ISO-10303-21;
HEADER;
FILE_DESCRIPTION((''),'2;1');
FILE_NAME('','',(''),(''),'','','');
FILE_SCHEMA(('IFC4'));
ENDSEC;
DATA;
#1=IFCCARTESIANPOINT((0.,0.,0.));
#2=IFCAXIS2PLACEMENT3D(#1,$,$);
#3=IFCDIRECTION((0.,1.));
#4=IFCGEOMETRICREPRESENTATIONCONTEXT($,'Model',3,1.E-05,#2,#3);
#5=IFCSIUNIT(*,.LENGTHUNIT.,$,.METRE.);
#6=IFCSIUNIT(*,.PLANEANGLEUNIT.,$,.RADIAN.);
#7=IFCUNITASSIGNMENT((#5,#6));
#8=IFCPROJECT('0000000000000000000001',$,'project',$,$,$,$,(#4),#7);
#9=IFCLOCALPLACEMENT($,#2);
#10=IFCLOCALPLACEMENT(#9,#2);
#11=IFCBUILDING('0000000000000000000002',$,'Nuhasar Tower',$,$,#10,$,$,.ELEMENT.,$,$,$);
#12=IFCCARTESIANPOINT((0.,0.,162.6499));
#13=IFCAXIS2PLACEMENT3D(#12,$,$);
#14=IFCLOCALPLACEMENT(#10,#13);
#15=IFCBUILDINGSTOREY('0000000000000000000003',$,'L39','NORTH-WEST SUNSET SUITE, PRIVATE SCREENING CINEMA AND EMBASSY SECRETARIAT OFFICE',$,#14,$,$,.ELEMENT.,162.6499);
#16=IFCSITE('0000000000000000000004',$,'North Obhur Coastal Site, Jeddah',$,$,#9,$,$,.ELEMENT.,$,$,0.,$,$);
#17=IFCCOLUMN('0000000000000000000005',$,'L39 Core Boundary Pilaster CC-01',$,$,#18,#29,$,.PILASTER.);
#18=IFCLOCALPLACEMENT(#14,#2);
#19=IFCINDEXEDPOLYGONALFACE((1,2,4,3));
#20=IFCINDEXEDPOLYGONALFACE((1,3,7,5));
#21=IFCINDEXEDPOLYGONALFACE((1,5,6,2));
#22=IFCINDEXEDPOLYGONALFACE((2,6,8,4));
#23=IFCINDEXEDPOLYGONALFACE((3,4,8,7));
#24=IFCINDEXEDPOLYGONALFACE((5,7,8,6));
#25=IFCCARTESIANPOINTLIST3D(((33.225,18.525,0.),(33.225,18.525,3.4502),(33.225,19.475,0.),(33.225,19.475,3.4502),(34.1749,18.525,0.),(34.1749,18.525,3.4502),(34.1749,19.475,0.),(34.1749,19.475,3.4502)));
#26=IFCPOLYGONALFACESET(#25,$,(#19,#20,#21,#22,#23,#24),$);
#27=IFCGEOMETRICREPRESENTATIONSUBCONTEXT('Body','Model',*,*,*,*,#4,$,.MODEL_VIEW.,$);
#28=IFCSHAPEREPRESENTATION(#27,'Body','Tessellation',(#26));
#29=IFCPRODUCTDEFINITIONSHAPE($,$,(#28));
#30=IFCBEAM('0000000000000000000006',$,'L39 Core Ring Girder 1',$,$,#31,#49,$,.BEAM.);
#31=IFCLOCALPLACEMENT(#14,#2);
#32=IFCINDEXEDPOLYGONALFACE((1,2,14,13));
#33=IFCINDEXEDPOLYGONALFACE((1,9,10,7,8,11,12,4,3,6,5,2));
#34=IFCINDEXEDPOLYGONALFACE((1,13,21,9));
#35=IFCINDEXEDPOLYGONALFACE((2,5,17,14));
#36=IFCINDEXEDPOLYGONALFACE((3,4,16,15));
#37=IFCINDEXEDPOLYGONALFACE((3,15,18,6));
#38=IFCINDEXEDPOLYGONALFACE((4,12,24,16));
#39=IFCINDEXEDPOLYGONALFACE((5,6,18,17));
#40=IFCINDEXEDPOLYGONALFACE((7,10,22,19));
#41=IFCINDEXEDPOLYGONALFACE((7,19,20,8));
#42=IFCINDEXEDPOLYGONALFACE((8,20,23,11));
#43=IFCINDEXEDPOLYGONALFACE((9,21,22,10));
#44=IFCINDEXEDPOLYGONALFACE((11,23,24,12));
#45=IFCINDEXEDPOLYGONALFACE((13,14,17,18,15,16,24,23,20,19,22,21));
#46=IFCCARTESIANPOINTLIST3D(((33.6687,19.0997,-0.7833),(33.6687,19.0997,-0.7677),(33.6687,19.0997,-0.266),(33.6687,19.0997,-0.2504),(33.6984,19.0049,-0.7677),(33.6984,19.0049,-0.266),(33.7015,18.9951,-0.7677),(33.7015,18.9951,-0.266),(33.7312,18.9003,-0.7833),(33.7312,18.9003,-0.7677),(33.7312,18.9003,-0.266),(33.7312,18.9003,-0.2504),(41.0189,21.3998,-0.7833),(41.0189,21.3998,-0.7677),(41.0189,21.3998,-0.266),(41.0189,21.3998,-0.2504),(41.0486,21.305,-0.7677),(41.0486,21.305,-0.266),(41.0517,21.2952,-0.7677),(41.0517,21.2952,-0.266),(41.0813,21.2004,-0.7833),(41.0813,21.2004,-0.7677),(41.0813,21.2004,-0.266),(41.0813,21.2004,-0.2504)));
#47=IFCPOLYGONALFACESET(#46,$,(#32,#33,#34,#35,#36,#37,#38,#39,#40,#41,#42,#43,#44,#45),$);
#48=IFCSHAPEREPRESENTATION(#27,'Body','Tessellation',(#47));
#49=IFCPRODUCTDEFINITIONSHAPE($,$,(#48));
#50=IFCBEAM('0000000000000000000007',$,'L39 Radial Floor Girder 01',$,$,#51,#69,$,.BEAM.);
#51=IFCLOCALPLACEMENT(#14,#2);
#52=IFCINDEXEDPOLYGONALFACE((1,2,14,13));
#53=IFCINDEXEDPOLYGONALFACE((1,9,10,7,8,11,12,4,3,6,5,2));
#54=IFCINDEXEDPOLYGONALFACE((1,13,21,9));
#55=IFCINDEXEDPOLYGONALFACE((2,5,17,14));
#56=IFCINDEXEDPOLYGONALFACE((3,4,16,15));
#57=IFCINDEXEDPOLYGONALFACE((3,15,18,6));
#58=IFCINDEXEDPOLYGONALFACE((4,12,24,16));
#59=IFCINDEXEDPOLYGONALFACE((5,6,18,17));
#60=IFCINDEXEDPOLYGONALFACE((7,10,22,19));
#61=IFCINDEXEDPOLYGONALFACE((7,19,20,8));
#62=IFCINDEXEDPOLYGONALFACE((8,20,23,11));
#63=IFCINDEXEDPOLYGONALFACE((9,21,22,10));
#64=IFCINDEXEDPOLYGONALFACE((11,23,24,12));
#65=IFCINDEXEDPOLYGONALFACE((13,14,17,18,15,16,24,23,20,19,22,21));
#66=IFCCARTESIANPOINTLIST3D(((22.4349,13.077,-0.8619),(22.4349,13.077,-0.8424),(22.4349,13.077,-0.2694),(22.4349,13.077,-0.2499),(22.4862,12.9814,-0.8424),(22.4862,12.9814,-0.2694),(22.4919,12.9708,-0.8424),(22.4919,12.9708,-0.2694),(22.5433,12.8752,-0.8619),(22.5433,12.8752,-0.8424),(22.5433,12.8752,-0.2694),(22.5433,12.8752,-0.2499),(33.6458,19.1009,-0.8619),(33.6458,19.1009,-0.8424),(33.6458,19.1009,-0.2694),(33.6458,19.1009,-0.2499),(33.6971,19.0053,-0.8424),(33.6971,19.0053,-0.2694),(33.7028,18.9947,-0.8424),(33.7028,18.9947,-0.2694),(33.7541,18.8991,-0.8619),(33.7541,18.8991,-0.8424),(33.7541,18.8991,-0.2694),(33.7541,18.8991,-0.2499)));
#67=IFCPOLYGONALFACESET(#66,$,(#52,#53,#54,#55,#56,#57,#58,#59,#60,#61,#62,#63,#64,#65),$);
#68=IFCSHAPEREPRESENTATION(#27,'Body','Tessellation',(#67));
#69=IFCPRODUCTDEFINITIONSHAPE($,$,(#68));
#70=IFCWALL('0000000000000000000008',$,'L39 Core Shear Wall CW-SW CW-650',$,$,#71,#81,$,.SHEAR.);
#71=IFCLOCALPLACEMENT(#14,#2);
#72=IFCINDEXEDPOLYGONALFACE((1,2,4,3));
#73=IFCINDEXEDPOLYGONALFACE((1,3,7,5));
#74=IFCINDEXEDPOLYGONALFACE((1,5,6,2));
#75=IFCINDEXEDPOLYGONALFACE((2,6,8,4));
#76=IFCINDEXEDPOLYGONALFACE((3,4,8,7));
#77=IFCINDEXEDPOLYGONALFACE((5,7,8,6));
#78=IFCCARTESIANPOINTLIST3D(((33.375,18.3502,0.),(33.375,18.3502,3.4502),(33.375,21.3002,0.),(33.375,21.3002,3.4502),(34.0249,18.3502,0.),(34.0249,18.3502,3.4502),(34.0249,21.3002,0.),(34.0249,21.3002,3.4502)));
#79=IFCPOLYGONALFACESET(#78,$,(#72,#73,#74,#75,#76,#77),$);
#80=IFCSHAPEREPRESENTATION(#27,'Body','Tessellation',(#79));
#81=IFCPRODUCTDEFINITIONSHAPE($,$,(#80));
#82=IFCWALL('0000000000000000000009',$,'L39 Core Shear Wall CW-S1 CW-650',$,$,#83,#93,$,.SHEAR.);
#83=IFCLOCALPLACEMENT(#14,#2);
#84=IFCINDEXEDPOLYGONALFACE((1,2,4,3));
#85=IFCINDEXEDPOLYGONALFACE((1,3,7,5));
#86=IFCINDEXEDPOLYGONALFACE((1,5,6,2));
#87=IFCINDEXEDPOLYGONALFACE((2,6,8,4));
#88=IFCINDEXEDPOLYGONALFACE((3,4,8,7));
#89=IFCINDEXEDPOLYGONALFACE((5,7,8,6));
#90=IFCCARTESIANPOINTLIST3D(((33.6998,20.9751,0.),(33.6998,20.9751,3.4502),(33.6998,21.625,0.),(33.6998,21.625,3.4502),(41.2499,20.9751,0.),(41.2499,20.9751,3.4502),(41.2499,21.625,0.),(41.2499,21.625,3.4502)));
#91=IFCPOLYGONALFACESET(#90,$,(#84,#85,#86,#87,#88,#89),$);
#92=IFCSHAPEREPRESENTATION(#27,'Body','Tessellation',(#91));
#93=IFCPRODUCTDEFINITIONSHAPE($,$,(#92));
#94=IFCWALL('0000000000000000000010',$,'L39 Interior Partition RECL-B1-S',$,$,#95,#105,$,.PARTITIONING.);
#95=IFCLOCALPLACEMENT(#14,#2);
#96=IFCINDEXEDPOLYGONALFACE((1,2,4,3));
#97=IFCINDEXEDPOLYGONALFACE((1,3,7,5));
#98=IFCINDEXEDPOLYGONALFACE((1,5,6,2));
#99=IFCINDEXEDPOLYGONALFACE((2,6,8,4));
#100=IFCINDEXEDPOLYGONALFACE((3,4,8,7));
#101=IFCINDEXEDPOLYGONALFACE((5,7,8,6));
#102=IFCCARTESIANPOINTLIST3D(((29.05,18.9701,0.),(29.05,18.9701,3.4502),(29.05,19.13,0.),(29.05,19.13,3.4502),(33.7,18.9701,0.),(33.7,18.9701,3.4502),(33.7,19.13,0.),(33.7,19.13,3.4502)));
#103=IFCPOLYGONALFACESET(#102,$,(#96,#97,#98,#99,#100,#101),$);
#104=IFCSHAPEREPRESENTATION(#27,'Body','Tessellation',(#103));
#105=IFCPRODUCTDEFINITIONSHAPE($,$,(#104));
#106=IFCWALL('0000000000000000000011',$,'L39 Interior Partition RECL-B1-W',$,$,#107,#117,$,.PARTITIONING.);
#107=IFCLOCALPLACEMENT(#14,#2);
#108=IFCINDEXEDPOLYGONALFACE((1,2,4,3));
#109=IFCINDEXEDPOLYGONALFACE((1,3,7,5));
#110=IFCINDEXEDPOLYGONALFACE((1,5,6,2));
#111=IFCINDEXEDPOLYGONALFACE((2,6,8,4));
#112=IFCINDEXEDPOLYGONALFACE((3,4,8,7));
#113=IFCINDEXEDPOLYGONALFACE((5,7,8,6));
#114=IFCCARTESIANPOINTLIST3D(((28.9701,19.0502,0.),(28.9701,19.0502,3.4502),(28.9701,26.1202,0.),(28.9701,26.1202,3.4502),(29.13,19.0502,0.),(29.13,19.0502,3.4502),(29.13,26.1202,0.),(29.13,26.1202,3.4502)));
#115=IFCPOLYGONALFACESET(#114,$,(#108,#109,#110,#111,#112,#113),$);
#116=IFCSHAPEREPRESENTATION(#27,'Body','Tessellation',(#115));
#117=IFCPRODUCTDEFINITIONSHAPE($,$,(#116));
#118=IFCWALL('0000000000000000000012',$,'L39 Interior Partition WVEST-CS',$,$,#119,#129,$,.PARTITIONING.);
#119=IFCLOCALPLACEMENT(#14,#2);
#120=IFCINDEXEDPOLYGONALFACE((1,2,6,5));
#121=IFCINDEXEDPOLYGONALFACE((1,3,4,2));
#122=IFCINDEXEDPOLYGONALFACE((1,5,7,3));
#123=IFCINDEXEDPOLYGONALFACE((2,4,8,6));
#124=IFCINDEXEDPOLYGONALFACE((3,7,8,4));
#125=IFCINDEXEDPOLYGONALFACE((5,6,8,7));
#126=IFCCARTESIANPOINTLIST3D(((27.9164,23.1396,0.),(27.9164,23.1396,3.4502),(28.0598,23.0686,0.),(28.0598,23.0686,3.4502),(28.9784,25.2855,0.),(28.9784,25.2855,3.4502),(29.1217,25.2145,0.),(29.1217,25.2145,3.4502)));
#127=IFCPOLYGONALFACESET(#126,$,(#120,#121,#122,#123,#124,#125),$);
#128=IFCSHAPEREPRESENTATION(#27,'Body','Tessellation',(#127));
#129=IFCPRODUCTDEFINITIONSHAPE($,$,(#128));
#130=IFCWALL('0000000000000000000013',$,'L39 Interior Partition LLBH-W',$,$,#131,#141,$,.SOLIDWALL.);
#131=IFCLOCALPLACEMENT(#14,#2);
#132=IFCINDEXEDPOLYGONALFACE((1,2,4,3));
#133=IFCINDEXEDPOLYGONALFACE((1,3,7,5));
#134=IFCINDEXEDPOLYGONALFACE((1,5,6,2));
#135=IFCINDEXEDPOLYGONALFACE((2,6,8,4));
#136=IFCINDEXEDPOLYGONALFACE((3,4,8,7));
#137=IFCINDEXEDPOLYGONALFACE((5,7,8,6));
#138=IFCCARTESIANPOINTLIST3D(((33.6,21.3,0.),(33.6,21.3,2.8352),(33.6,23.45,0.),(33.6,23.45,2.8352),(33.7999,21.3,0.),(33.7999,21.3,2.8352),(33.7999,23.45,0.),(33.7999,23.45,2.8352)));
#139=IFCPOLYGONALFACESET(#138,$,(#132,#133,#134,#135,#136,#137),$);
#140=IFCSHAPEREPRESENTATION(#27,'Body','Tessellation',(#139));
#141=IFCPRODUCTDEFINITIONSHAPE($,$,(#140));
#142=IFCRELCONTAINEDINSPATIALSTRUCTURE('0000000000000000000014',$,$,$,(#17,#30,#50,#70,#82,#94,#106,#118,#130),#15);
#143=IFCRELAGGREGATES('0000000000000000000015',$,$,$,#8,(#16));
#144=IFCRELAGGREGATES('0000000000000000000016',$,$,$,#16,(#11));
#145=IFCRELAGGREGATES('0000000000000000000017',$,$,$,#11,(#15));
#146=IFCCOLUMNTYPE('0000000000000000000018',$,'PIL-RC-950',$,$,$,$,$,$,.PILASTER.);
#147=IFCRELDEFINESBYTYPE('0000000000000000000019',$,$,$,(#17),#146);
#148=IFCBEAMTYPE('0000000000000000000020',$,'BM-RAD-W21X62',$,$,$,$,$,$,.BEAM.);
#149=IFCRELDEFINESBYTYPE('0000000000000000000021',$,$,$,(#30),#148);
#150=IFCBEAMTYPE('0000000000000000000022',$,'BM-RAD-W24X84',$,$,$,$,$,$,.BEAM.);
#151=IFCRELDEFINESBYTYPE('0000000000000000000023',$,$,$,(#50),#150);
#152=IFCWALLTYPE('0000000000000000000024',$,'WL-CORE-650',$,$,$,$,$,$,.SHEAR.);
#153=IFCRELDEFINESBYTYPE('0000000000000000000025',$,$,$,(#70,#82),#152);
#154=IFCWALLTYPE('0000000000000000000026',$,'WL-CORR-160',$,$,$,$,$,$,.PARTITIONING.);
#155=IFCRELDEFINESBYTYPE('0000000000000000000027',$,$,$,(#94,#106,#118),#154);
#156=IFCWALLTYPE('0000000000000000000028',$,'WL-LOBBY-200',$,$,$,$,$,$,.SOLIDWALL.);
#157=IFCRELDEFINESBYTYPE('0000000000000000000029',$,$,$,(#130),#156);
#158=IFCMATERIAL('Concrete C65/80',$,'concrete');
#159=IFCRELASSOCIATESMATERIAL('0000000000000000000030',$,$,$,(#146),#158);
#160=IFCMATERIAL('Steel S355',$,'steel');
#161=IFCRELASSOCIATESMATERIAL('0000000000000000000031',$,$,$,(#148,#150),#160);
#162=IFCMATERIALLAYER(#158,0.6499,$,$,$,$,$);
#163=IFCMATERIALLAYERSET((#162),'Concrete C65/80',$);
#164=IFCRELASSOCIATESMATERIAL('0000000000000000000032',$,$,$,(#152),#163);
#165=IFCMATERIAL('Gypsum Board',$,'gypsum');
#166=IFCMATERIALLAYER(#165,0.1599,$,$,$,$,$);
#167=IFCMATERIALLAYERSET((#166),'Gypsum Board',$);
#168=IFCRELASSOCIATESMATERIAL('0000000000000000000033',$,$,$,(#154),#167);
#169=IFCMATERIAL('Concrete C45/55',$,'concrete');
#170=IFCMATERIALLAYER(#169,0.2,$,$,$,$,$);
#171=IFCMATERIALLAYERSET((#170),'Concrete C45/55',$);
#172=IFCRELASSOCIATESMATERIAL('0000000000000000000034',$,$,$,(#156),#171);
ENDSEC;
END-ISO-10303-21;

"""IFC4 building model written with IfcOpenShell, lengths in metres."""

from ifc_helpers import new_model, si_unit, direction, frame, frame_2d, origin, origin_2d, place, context, subcontext, project, spatial, rectangle, i_section, extrude, material, layer, layer_set, material_profile, profile_set, type_object, element, save


model = new_model("IFC4")

# Units and contexts
model_context = context("Model", 3, precision=1e-05, world=origin(), true_north=direction((0.0, 1.0)))
body_context = subcontext(model_context, "Body", "Model", "MODEL_VIEW")
ifc_project = project(units=[si_unit("LENGTHUNIT", "METRE"), si_unit("PLANEANGLEUNIT", "RADIAN")], contexts=[model_context])

# Site, building, storey
site_placement = place(None, origin())
site = spatial("IfcSite", under=ifc_project, at=site_placement, Name="North Obhur Coastal Site, Jeddah", CompositionType="ELEMENT", RefElevation=0.0)
building_placement = place(site_placement, origin())
building = spatial("IfcBuilding", under=site, at=building_placement, Name="Nuhasar Tower", CompositionType="ELEMENT")
storey_placement = place(building_placement, frame((0.0, 0.0, 162.6499)))
storey = spatial("IfcBuildingStorey", under=building, at=storey_placement, Name="L39", Description="NORTH-WEST SUNSET SUITE, PRIVATE SCREENING CINEMA AND EMBASSY SECRETARIAT OFFICE", CompositionType="ELEMENT", Elevation=162.6499)

# Column
ifc_material_1 = material(Name="Concrete C65/80", Category="concrete")
ifc_material_profile_1 = material_profile(ifc_material_1, rectangle(XDim=0.95, YDim=0.95, at=origin_2d()), Name="RC950X950")
ifc_profile_set_1 = profile_set([ifc_material_profile_1], Name="Concrete C65/80")
column_type = type_object("IfcColumnType", Name="PIL-RC-950", PredefinedType="PILASTER", material=ifc_profile_set_1)
column_placement = place(storey_placement, frame((33.7, 19.0, 0.0), z_axis=(0.0, 0.0, 1.0), x_axis=(1.0, 0.0, 0.0)))
element("IfcColumn", 1, at=column_placement, inside=storey, type_object=column_type, Name="L39 Core Boundary Pilaster CC-01", PredefinedType="PILASTER", context=body_context, shape_type="SweptSolid", body=[
    extrude(rectangle(XDim=0.95, YDim=0.95, at=origin_2d()), origin(), (0.0, 0.0, 1.0), 3.4502),
])

# Beams
ifc_material_2 = material(Name="Steel S355", Category="steel")
ifc_material_profile_2 = material_profile(ifc_material_2, i_section(OverallWidth=0.209, OverallDepth=0.533, WebThickness=0.0103, FlangeThickness=0.0156, at=origin_2d()), Name="W21X62")
ifc_profile_set_2 = profile_set([ifc_material_profile_2], Name="Steel S355")
beam_type_1 = type_object("IfcBeamType", Name="BM-RAD-W21X62", PredefinedType="BEAM", material=ifc_profile_set_2)
beam_1_placement = place(storey_placement, frame((33.7, 19.0, -0.5168), z_axis=(0.954364, 0.298647, 0.0), x_axis=(-0.298647, 0.954364, 0.0)))
element("IfcBeam", 2, at=beam_1_placement, inside=storey, type_object=beam_type_1, Name="L39 Core Ring Girder 1", PredefinedType="BEAM", context=body_context, shape_type="SweptSolid", body=[
    extrude(i_section(OverallWidth=0.209, OverallDepth=0.533, WebThickness=0.0103, FlangeThickness=0.0156, at=origin_2d()), origin(), (0.0, 0.0, 1.0), 7.7017),
])
ifc_material_profile_3 = material_profile(ifc_material_2, i_section(OverallWidth=0.229, OverallDepth=0.6121, WebThickness=0.012, FlangeThickness=0.0195, at=origin_2d()), Name="W24X84")
ifc_profile_set_3 = profile_set([ifc_material_profile_3], Name="Steel S355")
beam_type_2 = type_object("IfcBeamType", Name="BM-RAD-W24X84", PredefinedType="BEAM", material=ifc_profile_set_3)
beam_2_placement = place(storey_placement, frame((33.7, 19.0, -0.5559), z_axis=(-0.880888, -0.473324, 0.0), x_axis=(0.473324, -0.880888, 0.0)))
element("IfcBeam", 3, at=beam_2_placement, inside=storey, type_object=beam_type_2, Name="L39 Radial Floor Girder 01", PredefinedType="BEAM", context=body_context, shape_type="SweptSolid", body=[
    extrude(i_section(OverallWidth=0.229, OverallDepth=0.6121, WebThickness=0.012, FlangeThickness=0.0195, at=origin_2d()), origin(), (0.0, 0.0, 1.0), 12.7268),
])

# Walls
ifc_layer_1 = layer(ifc_material_1, 0.6499)
ifc_layer_set_1 = layer_set([ifc_layer_1], Name="Concrete C65/80")
wall_type_1 = type_object("IfcWallType", Name="WL-CORE-650", PredefinedType="SHEAR", material=ifc_layer_set_1)
wall_1_placement = place(storey_placement, frame((33.7, 18.3501, 0.0), z_axis=(0.0, 0.0, 1.0), x_axis=(0.0, 1.0, 0.0)))
element("IfcWall", 4, at=wall_1_placement, inside=storey, type_object=wall_type_1, Name="L39 Core Shear Wall CW-SW CW-650", PredefinedType="SHEAR", context=body_context, shape_type="SweptSolid", body=[
    extrude(rectangle(XDim=2.95, YDim=0.6499, at=frame_2d((1.4751, 0.0))), origin(), (0.0, 0.0, 1.0), 3.4502),
])
wall_2_placement = place(storey_placement, frame((33.7, 21.3, 0.0), z_axis=(0.0, 0.0, 1.0), x_axis=(1.0, 0.0, 0.0)))
element("IfcWall", 5, at=wall_2_placement, inside=storey, type_object=wall_type_1, Name="L39 Core Shear Wall CW-S1 CW-650", PredefinedType="SHEAR", context=body_context, shape_type="SweptSolid", body=[
    extrude(rectangle(XDim=7.55, YDim=0.6499, at=frame_2d((3.7749, 0.0))), origin(), (0.0, 0.0, 1.0), 3.4502),
])
ifc_material_3 = material(Name="Gypsum Board", Category="gypsum")
ifc_layer_2 = layer(ifc_material_3, 0.1599)
ifc_layer_set_2 = layer_set([ifc_layer_2], Name="Gypsum Board")
wall_type_2 = type_object("IfcWallType", Name="WL-CORR-160", PredefinedType="PARTITIONING", material=ifc_layer_set_2)
wall_3_placement = place(storey_placement, frame((29.05, 19.05, 0.0), z_axis=(0.0, 0.0, 1.0), x_axis=(1.0, 0.0, 0.0)))
element("IfcWall", 6, at=wall_3_placement, inside=storey, type_object=wall_type_2, Name="L39 Interior Partition RECL-B1-S", PredefinedType="PARTITIONING", context=body_context, shape_type="SweptSolid", body=[
    extrude(rectangle(XDim=4.6499, YDim=0.1599, at=frame_2d((2.325, 0.0))), origin(), (0.0, 0.0, 1.0), 3.4502),
])
wall_4_placement = place(storey_placement, frame((29.05, 19.05, 0.0), z_axis=(0.0, 0.0, 1.0), x_axis=(0.0, 1.0, 0.0)))
element("IfcWall", 7, at=wall_4_placement, inside=storey, type_object=wall_type_2, Name="L39 Interior Partition RECL-B1-W", PredefinedType="PARTITIONING", context=body_context, shape_type="SweptSolid", body=[
    extrude(rectangle(XDim=7.0701, YDim=0.1599, at=frame_2d((3.5352, 0.0))), origin(), (0.0, 0.0, 1.0), 3.4502),
])

# Walls
wall_5_placement = place(storey_placement, frame((27.988, 23.104, 0.0), z_axis=(0.0, 0.0, 1.0), x_axis=(0.443539, 0.896255, 0.0)))
element("IfcWall", 8, at=wall_5_placement, inside=storey, type_object=wall_type_2, Name="L39 Interior Partition WVEST-CS", PredefinedType="PARTITIONING", context=body_context, shape_type="SweptSolid", body=[
    extrude(rectangle(XDim=2.3943, YDim=0.1599, at=frame_2d((1.1973, 0.0))), origin(), (0.0, 0.0, 1.0), 3.4502),
])
ifc_material_4 = material(Name="Concrete C45/55", Category="concrete")
ifc_layer_3 = layer(ifc_material_4, 0.2)
ifc_layer_set_3 = layer_set([ifc_layer_3], Name="Concrete C45/55")
wall_type_3 = type_object("IfcWallType", Name="WL-LOBBY-200", PredefinedType="SOLIDWALL", material=ifc_layer_set_3)
wall_6_placement = place(storey_placement, frame((33.7, 21.3, 0.0), z_axis=(0.0, 0.0, 1.0), x_axis=(0.0, 1.0, 0.0)))
element("IfcWall", 9, at=wall_6_placement, inside=storey, type_object=wall_type_3, Name="L39 Interior Partition LLBH-W", PredefinedType="SOLIDWALL", context=body_context, shape_type="SweptSolid", body=[
    extrude(rectangle(XDim=2.1499, YDim=0.2, at=frame_2d((1.075, 0.0))), origin(), (0.0, 0.0, 1.0), 2.8352),
])

save(model, "model.ifc")
